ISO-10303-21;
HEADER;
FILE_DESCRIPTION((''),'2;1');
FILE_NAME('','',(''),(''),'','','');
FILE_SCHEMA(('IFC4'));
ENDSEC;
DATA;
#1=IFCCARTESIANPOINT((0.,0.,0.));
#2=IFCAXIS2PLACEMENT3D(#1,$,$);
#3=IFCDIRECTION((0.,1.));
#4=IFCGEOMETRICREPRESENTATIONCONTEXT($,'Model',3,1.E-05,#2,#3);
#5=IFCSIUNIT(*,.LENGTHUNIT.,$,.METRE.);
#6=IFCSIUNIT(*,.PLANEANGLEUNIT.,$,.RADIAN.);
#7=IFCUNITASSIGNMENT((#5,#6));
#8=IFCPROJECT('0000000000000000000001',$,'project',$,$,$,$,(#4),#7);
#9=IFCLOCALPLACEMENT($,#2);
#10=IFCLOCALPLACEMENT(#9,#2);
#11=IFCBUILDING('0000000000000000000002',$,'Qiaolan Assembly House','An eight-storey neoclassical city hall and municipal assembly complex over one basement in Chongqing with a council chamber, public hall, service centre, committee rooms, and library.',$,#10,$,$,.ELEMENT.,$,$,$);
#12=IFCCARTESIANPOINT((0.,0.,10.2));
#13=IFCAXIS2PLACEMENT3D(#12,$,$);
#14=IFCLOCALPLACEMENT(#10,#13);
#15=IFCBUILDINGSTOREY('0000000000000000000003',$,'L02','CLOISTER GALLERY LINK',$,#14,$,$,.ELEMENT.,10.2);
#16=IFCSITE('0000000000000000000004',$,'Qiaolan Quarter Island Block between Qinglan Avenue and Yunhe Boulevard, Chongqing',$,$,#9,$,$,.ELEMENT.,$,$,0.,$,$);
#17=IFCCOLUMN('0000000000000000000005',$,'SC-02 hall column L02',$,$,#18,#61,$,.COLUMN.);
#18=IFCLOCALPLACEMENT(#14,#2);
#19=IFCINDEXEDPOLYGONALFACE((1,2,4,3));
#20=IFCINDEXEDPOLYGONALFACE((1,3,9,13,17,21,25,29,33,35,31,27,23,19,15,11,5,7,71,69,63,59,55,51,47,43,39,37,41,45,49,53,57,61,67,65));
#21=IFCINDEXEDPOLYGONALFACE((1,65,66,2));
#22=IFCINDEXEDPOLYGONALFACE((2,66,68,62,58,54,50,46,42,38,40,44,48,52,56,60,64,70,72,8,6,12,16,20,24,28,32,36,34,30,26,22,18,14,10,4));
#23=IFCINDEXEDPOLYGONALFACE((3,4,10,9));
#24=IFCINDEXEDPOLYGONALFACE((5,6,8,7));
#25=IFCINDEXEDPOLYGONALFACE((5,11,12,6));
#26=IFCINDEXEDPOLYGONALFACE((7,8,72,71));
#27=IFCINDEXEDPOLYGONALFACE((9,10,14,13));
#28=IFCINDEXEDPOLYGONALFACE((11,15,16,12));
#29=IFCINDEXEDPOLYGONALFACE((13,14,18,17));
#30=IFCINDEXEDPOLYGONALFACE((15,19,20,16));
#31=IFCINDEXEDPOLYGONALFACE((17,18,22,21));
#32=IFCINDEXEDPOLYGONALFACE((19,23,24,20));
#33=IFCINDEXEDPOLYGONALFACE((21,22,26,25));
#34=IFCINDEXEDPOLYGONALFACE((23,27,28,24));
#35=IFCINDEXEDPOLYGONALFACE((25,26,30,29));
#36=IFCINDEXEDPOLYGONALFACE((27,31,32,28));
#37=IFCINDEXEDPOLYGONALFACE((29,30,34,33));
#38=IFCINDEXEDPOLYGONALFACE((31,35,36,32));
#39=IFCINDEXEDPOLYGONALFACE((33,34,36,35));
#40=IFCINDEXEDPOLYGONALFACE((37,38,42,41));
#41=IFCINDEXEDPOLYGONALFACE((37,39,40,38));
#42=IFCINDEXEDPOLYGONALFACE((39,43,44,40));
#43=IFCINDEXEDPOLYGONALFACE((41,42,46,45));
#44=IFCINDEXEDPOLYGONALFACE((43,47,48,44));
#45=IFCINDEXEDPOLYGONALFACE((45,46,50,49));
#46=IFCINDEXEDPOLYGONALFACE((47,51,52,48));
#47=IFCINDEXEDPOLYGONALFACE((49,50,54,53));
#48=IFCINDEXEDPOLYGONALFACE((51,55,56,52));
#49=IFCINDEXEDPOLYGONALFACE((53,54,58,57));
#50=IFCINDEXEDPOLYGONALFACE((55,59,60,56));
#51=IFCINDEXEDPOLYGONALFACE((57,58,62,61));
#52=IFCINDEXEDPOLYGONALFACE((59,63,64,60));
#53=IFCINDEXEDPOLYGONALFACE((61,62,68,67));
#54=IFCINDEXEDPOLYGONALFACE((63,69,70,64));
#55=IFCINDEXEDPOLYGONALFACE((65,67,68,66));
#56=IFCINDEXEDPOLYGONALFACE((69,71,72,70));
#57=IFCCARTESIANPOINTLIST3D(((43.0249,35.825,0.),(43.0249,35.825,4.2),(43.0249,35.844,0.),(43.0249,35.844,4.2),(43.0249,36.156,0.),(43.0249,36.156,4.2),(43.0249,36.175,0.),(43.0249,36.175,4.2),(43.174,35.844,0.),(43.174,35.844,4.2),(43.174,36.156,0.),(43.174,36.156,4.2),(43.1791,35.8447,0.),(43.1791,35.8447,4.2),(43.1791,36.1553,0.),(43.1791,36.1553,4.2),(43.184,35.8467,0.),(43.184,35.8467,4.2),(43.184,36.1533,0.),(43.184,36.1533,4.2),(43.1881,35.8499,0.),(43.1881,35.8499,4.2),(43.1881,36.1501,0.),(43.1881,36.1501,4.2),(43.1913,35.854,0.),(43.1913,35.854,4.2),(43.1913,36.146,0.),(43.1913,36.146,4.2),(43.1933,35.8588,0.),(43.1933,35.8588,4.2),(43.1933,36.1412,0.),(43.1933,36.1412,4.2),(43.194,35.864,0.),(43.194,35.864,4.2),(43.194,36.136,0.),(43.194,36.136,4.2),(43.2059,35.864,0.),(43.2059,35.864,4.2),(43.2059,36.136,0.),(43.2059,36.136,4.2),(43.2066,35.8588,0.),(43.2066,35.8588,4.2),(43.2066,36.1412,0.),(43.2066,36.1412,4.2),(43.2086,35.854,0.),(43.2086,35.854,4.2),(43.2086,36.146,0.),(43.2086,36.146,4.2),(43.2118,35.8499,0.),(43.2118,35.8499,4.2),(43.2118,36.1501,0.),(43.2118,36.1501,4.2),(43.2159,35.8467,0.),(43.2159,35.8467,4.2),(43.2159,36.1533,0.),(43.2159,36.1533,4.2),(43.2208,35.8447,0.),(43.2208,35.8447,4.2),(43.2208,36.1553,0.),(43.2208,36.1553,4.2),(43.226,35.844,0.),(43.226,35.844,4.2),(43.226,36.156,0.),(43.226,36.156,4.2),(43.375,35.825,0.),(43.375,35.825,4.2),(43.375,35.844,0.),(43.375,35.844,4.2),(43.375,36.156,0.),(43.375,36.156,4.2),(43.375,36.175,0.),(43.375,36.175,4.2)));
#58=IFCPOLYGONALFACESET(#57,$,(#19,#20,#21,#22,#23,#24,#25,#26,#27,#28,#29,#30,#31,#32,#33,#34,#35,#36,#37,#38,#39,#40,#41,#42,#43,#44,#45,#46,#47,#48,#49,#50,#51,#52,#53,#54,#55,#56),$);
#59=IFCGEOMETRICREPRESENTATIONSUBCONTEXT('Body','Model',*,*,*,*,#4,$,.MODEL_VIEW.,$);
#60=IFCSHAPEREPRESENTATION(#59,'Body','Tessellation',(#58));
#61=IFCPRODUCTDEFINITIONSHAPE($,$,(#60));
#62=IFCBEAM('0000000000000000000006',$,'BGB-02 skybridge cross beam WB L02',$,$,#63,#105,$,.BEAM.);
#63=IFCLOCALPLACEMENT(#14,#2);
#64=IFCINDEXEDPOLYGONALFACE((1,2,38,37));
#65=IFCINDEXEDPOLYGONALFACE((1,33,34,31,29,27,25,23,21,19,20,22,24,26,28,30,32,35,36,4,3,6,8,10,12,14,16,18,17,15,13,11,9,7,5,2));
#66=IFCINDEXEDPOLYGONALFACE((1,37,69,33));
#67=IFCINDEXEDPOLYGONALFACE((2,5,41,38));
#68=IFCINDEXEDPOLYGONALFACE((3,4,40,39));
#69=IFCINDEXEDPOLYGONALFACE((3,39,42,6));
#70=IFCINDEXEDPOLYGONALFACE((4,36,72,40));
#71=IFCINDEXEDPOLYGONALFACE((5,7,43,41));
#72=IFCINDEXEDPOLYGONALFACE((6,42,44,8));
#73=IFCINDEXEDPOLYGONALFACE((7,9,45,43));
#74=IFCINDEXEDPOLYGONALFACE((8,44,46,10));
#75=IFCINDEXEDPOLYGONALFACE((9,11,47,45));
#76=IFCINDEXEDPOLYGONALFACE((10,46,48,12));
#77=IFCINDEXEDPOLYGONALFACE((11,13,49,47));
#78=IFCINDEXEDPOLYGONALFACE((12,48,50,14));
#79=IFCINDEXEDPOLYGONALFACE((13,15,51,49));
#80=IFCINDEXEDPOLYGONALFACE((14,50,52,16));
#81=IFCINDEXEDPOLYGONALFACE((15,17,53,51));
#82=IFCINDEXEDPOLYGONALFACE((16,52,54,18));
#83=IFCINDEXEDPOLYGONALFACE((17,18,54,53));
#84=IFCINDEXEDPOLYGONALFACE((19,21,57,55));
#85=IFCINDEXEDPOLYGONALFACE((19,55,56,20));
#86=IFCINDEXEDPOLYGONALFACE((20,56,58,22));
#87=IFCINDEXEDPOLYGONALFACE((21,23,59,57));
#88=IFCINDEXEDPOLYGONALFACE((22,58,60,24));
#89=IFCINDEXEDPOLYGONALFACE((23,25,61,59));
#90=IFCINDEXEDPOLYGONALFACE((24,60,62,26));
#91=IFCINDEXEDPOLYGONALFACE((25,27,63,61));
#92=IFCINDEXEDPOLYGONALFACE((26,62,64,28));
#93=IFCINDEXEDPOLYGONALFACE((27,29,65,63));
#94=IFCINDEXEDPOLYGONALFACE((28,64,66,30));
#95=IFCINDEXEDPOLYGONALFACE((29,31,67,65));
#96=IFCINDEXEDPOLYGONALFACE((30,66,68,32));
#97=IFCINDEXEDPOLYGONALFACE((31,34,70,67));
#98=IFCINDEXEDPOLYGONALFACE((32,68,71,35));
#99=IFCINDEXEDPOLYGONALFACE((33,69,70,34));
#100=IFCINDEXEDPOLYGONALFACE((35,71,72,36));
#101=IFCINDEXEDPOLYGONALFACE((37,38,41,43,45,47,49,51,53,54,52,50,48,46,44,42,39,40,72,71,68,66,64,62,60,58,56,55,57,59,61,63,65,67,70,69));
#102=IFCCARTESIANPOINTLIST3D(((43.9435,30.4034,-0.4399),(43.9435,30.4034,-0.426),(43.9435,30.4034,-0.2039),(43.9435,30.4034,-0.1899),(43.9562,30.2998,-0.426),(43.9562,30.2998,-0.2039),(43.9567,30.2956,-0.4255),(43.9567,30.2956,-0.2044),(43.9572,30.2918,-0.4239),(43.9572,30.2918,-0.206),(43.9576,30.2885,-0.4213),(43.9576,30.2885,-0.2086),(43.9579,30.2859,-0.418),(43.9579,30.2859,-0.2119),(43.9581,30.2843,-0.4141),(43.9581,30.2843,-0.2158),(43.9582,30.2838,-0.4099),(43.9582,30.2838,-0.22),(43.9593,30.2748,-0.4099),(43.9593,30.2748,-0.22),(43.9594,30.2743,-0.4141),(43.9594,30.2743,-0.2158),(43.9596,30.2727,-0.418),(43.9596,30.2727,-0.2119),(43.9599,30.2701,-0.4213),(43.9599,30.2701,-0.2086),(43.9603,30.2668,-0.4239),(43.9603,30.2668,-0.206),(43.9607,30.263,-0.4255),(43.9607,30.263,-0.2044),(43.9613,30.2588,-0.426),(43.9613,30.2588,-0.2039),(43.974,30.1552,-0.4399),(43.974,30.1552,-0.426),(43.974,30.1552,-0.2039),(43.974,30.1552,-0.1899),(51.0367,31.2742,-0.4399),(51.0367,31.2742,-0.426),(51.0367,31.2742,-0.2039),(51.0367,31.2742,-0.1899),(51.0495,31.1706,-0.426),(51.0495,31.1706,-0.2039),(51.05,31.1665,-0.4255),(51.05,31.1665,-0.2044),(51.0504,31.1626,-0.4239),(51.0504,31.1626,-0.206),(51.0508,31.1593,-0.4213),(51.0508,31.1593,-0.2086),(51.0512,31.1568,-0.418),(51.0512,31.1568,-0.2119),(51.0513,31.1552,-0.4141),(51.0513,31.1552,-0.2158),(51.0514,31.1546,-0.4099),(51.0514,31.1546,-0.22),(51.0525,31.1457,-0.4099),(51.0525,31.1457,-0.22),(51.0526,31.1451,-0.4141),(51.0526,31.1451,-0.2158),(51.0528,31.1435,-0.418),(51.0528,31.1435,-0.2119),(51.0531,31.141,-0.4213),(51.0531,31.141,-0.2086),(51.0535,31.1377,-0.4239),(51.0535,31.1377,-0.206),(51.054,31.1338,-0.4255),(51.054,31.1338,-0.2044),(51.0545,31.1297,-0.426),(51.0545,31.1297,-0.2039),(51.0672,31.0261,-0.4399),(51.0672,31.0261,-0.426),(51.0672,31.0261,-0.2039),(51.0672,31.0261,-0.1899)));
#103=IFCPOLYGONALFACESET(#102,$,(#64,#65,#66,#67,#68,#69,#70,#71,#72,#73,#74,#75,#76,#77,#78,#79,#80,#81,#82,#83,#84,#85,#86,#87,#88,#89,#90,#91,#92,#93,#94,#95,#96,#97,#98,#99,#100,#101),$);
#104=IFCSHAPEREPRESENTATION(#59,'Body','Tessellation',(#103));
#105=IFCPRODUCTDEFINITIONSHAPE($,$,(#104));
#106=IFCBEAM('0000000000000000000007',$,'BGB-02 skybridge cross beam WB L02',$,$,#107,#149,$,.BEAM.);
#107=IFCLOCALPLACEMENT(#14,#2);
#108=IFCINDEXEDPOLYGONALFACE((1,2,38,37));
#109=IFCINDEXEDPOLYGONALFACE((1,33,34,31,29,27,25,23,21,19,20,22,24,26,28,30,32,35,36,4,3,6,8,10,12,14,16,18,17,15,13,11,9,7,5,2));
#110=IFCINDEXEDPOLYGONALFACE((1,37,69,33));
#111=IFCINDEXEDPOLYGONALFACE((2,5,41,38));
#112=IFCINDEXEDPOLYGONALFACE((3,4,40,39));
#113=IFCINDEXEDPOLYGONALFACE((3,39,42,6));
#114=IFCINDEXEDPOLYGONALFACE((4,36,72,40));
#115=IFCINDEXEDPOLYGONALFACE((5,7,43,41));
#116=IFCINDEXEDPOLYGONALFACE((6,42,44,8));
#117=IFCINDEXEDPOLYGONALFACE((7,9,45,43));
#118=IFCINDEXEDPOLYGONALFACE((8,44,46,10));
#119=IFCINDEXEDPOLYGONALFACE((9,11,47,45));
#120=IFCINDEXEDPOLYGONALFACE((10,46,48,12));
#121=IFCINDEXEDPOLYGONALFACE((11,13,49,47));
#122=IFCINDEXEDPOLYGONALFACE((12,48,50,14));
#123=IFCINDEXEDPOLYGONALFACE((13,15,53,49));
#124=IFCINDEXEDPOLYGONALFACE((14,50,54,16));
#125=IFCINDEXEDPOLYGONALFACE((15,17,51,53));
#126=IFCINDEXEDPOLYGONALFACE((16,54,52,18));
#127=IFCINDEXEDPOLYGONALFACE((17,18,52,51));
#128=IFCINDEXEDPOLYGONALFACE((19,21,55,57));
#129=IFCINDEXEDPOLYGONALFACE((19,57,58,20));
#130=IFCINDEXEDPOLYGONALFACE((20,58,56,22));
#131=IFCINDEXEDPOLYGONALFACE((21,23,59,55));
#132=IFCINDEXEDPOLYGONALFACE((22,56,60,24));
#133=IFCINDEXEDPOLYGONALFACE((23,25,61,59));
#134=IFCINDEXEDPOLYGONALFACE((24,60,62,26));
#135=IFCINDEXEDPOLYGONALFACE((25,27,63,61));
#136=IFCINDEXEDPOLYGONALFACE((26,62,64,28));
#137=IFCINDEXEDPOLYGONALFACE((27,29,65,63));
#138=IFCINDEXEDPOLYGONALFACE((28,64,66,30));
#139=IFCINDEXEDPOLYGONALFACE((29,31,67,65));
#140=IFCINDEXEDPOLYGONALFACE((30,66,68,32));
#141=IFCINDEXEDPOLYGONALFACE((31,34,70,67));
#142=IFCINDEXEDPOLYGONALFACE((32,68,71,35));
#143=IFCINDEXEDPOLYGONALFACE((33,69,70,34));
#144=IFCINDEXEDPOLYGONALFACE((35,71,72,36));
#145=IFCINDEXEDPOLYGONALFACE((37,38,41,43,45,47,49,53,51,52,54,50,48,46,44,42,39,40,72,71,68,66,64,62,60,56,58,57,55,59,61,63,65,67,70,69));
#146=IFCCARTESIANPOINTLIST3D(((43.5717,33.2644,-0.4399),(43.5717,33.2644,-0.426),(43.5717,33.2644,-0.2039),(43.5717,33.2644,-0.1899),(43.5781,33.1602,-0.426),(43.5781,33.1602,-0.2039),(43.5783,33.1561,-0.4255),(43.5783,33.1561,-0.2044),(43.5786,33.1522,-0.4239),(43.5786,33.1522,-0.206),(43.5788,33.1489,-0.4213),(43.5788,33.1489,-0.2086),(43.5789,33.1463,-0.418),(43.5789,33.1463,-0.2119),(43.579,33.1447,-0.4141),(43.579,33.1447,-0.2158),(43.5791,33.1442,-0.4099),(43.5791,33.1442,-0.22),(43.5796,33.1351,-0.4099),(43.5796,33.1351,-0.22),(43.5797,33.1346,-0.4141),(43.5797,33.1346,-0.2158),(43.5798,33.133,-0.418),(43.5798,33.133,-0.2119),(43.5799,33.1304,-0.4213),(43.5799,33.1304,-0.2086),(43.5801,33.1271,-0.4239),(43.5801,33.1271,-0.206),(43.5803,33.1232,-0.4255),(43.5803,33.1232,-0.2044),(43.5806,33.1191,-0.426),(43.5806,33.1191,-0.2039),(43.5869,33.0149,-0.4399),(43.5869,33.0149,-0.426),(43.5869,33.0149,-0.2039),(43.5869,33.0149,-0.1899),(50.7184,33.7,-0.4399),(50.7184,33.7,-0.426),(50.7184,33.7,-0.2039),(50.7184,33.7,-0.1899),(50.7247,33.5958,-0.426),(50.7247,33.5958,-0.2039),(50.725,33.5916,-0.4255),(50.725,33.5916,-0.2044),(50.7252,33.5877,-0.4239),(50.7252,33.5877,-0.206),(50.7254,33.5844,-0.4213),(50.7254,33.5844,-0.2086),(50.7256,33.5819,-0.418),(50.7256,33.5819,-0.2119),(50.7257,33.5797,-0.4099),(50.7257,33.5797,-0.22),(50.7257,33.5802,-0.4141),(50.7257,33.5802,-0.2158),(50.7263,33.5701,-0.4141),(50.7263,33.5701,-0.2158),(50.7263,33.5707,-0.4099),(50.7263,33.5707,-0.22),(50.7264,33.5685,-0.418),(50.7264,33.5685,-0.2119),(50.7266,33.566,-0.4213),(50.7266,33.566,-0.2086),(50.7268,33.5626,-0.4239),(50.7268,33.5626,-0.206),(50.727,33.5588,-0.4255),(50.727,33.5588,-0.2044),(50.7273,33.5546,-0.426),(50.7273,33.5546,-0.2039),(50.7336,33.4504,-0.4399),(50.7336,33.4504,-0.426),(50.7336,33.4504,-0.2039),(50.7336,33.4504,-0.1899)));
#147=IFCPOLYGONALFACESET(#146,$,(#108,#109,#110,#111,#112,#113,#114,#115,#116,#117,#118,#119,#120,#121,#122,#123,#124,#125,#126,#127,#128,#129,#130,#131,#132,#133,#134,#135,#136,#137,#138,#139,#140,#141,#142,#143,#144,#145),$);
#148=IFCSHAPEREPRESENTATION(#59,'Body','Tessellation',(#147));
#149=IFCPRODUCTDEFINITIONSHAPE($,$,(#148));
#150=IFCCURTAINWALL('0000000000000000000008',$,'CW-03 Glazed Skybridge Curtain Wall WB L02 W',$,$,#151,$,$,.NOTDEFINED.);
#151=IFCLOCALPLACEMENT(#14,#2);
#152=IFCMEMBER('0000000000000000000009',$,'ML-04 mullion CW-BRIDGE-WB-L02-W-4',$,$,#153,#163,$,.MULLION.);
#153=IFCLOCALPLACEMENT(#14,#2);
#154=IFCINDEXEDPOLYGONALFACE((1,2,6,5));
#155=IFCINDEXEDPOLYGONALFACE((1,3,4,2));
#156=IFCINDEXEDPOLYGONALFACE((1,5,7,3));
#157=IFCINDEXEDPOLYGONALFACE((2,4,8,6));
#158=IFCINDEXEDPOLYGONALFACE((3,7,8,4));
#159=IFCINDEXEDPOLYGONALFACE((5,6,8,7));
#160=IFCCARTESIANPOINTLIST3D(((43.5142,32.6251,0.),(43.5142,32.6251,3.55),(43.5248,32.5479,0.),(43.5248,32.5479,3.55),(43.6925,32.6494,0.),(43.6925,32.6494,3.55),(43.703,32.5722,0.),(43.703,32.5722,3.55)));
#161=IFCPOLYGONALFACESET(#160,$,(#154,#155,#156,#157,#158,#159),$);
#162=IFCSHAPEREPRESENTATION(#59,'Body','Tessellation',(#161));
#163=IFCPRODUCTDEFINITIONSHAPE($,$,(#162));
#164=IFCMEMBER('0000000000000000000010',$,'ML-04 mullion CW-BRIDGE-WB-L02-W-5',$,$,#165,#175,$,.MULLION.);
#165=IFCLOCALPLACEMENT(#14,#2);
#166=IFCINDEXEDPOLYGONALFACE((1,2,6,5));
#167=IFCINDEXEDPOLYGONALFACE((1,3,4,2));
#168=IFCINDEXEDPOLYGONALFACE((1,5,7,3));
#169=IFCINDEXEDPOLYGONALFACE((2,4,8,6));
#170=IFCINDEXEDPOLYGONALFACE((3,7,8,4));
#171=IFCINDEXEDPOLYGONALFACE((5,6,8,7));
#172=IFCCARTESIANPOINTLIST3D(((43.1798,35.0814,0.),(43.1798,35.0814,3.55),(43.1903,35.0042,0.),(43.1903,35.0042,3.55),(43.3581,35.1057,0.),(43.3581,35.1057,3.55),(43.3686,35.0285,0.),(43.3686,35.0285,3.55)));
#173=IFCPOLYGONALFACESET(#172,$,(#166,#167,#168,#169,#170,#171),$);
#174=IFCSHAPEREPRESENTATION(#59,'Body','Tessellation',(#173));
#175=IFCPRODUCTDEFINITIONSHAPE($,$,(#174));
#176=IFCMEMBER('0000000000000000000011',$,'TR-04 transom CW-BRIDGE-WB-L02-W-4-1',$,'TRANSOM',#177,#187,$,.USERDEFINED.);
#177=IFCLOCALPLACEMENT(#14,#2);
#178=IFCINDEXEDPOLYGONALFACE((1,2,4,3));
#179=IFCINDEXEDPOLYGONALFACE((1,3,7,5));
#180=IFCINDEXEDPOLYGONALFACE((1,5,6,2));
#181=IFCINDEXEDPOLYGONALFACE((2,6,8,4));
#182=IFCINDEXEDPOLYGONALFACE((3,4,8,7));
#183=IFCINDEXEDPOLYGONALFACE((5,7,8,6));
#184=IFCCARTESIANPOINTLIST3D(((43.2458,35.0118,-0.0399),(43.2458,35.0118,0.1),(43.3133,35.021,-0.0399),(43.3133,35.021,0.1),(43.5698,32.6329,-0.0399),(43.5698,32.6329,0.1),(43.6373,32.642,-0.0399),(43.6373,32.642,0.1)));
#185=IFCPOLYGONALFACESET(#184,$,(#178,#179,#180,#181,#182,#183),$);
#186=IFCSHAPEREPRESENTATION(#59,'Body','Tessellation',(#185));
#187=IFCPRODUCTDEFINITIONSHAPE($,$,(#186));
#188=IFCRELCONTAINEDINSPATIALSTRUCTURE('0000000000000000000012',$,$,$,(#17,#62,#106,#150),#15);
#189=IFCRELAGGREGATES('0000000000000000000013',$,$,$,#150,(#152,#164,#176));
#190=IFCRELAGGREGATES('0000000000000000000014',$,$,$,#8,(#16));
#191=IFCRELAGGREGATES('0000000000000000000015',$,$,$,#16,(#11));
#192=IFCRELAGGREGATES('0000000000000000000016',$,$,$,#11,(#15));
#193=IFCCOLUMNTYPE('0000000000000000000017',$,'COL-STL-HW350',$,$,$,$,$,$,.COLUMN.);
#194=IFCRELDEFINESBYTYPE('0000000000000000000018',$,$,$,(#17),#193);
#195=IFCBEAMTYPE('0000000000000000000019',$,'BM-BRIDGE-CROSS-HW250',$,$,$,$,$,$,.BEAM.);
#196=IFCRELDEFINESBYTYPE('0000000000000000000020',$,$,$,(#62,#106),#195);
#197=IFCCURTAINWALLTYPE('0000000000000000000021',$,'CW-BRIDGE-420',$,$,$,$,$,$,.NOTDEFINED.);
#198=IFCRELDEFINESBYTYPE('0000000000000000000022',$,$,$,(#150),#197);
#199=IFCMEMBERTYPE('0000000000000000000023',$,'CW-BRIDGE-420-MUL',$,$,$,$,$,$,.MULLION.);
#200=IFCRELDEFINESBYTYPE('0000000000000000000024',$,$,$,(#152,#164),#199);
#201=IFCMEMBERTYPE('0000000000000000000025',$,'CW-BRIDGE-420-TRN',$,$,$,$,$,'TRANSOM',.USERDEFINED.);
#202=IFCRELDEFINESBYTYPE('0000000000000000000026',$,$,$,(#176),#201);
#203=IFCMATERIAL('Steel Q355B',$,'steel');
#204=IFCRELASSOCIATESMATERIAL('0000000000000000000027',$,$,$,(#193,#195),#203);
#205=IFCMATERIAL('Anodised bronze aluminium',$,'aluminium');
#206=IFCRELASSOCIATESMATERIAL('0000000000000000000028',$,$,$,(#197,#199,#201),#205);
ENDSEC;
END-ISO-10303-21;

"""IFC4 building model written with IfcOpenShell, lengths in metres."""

from ifc_helpers import new_model, si_unit, direction, frame, origin, origin_2d, place, context, subcontext, project, spatial, rectangle, i_section, extrude, material, material_profile, profile_set, type_object, element, aggregate, save


model = new_model("IFC4")

# Units and contexts
model_context = context("Model", 3, precision=1e-05, world=origin(), true_north=direction((0.0, 1.0)))
body_context = subcontext(model_context, "Body", "Model", "MODEL_VIEW")
ifc_project = project(units=[si_unit("LENGTHUNIT", "METRE"), si_unit("PLANEANGLEUNIT", "RADIAN")], contexts=[model_context])

# Site, building, storey
site_placement = place(None, origin())
site = spatial("IfcSite", under=ifc_project, at=site_placement, Name="Qiaolan Quarter Island Block between Qinglan Avenue and Yunhe Boulevard, Chongqing", CompositionType="ELEMENT", RefElevation=0.0)
building_placement = place(site_placement, origin())
building = spatial("IfcBuilding", under=site, at=building_placement, Name="Qiaolan Assembly House", Description="An eight-storey neoclassical city hall and municipal assembly complex over one basement in Chongqing with a council chamber, public hall, service centre, committee rooms, and library.", CompositionType="ELEMENT")
storey_placement = place(building_placement, frame((0.0, 0.0, 10.2)))
storey = spatial("IfcBuildingStorey", under=building, at=storey_placement, Name="L02", Description="CLOISTER GALLERY LINK", CompositionType="ELEMENT", Elevation=10.2)

# Column
ifc_material_1 = material(Name="Steel Q355B", Category="steel")
ifc_material_profile_1 = material_profile(ifc_material_1, i_section(OverallWidth=0.3501, OverallDepth=0.3501, WebThickness=0.012, FlangeThickness=0.019, FilletRadius=0.02, at=origin_2d()), Name="HW 350x350x12x19")
ifc_profile_set_1 = profile_set([ifc_material_profile_1], Name="Steel Q355B")
column_type = type_object("IfcColumnType", Name="COL-STL-HW350", PredefinedType="COLUMN", material=ifc_profile_set_1)
column_placement = place(storey_placement, frame((43.2, 36.0, 0.0), z_axis=(0.0, 0.0, 1.0), x_axis=(1.0, 0.0, 0.0)))
element("IfcColumn", 1, at=column_placement, inside=storey, type_object=column_type, Name="SC-02 hall column L02", PredefinedType="COLUMN", context=body_context, shape_type="SweptSolid", body=[
    extrude(i_section(OverallWidth=0.3501, OverallDepth=0.3501, WebThickness=0.012, FlangeThickness=0.019, FilletRadius=0.02, at=origin_2d()), origin(), (0.0, 0.0, 1.0), 4.2),
])

# Beams
ifc_material_profile_2 = material_profile(ifc_material_1, i_section(OverallWidth=0.25, OverallDepth=0.25, WebThickness=0.009, FlangeThickness=0.0139, FilletRadius=0.0161, at=origin_2d()), Name="HW 250x250x9x14")
ifc_profile_set_2 = profile_set([ifc_material_profile_2], Name="Steel Q355B")
beam_type = type_object("IfcBeamType", Name="BM-BRIDGE-CROSS-HW250", PredefinedType="BEAM", material=ifc_profile_set_2)
beam_1_placement = place(storey_placement, frame((43.9587, 30.2793, -0.3149), z_axis=(0.992548, 0.121856, 0.0), x_axis=(-0.121856, 0.992548, 0.0)))
element("IfcBeam", 2, at=beam_1_placement, inside=storey, type_object=beam_type, Name="BGB-02 skybridge cross beam WB L02", PredefinedType="BEAM", context=body_context, shape_type="SweptSolid", body=[
    extrude(i_section(OverallWidth=0.25, OverallDepth=0.25, WebThickness=0.009, FlangeThickness=0.0139, FilletRadius=0.0161, at=origin_2d()), origin(), (0.0, 0.0, 1.0), 7.1465),
])
beam_2_placement = place(storey_placement, frame((43.5793, 33.1396, -0.3149), z_axis=(0.998148, 0.060831, 0.0), x_axis=(-0.060831, 0.998148, 0.0)))
element("IfcBeam", 3, at=beam_2_placement, inside=storey, type_object=beam_type, Name="BGB-02 skybridge cross beam WB L02", PredefinedType="BEAM", context=body_context, shape_type="SweptSolid", body=[
    extrude(i_section(OverallWidth=0.25, OverallDepth=0.25, WebThickness=0.009, FlangeThickness=0.0139, FilletRadius=0.0161, at=origin_2d()), origin(), (0.0, 0.0, 1.0), 7.1599),
])

# Curtain wall, members
ifc_material_2 = material(Name="Anodised bronze aluminium", Category="aluminium")
curtain_wall_type_1 = type_object("IfcCurtainWallType", Name="CW-BRIDGE-420", PredefinedType="NOTDEFINED", material=ifc_material_2)
curtain_wall_1_placement = place(storey_placement, origin())
curtain_wall_1 = element("IfcCurtainWall", 4, at=curtain_wall_1_placement, inside=storey, type_object=curtain_wall_type_1, Name="CW-03 Glazed Skybridge Curtain Wall WB L02 W", PredefinedType="NOTDEFINED")
ifc_material_profile_3 = material_profile(ifc_material_2, rectangle(XDim=0.0779, YDim=0.1799, at=origin_2d()), Name="MUL 78x180")
ifc_profile_set_3 = profile_set([ifc_material_profile_3], Name="Anodised bronze aluminium")
member_type_1 = type_object("IfcMemberType", Name="CW-BRIDGE-420-MUL", PredefinedType="MULLION", material=ifc_profile_set_3)
member_1_placement = place(storey_placement, frame((43.6086, 32.5986, 0.0), z_axis=(0.0, 0.0, 1.0), x_axis=(-0.134918, 0.990857, 0.0)))
member_1 = element("IfcMember", 5, at=member_1_placement, type_object=member_type_1, Name="ML-04 mullion CW-BRIDGE-WB-L02-W-4", PredefinedType="MULLION", context=body_context, shape_type="SweptSolid", body=[
    extrude(rectangle(XDim=0.0779, YDim=0.1799, at=origin_2d()), origin(), (0.0, 0.0, 1.0), 3.55),
])
member_2_placement = place(storey_placement, frame((43.2742, 35.0549, 0.0), z_axis=(0.0, 0.0, 1.0), x_axis=(-0.134918, 0.990857, 0.0)))
member_2 = element("IfcMember", 6, at=member_2_placement, type_object=member_type_1, Name="ML-04 mullion CW-BRIDGE-WB-L02-W-5", PredefinedType="MULLION", context=body_context, shape_type="SweptSolid", body=[
    extrude(rectangle(XDim=0.0779, YDim=0.1799, at=origin_2d()), origin(), (0.0, 0.0, 1.0), 3.55),
])
ifc_material_profile_4 = material_profile(ifc_material_2, rectangle(XDim=0.0681, YDim=0.1399, at=origin_2d()), Name="TRN 68x140")
ifc_profile_set_4 = profile_set([ifc_material_profile_4], Name="Anodised bronze aluminium")
member_type_2 = type_object("IfcMemberType", Name="CW-BRIDGE-420-TRN", ElementType="TRANSOM", PredefinedType="USERDEFINED", material=ifc_profile_set_4)
member_3_placement = place(storey_placement, frame((43.6035, 32.6375, 0.03), z_axis=(-0.134941, 0.990854, 0.0), x_axis=(-0.990854, -0.134941, 0.0)))
member_3 = element("IfcMember", 7, at=member_3_placement, type_object=member_type_2, Name="TR-04 transom CW-BRIDGE-WB-L02-W-4-1", ObjectType="TRANSOM", PredefinedType="USERDEFINED", context=body_context, shape_type="SweptSolid", body=[
    extrude(rectangle(XDim=0.0681, YDim=0.1399, at=origin_2d()), origin(), (0.0, 0.0, 1.0), 2.4009),
])

aggregate(curtain_wall_1, [member_1, member_2, member_3])

save(model, "model.ifc")
